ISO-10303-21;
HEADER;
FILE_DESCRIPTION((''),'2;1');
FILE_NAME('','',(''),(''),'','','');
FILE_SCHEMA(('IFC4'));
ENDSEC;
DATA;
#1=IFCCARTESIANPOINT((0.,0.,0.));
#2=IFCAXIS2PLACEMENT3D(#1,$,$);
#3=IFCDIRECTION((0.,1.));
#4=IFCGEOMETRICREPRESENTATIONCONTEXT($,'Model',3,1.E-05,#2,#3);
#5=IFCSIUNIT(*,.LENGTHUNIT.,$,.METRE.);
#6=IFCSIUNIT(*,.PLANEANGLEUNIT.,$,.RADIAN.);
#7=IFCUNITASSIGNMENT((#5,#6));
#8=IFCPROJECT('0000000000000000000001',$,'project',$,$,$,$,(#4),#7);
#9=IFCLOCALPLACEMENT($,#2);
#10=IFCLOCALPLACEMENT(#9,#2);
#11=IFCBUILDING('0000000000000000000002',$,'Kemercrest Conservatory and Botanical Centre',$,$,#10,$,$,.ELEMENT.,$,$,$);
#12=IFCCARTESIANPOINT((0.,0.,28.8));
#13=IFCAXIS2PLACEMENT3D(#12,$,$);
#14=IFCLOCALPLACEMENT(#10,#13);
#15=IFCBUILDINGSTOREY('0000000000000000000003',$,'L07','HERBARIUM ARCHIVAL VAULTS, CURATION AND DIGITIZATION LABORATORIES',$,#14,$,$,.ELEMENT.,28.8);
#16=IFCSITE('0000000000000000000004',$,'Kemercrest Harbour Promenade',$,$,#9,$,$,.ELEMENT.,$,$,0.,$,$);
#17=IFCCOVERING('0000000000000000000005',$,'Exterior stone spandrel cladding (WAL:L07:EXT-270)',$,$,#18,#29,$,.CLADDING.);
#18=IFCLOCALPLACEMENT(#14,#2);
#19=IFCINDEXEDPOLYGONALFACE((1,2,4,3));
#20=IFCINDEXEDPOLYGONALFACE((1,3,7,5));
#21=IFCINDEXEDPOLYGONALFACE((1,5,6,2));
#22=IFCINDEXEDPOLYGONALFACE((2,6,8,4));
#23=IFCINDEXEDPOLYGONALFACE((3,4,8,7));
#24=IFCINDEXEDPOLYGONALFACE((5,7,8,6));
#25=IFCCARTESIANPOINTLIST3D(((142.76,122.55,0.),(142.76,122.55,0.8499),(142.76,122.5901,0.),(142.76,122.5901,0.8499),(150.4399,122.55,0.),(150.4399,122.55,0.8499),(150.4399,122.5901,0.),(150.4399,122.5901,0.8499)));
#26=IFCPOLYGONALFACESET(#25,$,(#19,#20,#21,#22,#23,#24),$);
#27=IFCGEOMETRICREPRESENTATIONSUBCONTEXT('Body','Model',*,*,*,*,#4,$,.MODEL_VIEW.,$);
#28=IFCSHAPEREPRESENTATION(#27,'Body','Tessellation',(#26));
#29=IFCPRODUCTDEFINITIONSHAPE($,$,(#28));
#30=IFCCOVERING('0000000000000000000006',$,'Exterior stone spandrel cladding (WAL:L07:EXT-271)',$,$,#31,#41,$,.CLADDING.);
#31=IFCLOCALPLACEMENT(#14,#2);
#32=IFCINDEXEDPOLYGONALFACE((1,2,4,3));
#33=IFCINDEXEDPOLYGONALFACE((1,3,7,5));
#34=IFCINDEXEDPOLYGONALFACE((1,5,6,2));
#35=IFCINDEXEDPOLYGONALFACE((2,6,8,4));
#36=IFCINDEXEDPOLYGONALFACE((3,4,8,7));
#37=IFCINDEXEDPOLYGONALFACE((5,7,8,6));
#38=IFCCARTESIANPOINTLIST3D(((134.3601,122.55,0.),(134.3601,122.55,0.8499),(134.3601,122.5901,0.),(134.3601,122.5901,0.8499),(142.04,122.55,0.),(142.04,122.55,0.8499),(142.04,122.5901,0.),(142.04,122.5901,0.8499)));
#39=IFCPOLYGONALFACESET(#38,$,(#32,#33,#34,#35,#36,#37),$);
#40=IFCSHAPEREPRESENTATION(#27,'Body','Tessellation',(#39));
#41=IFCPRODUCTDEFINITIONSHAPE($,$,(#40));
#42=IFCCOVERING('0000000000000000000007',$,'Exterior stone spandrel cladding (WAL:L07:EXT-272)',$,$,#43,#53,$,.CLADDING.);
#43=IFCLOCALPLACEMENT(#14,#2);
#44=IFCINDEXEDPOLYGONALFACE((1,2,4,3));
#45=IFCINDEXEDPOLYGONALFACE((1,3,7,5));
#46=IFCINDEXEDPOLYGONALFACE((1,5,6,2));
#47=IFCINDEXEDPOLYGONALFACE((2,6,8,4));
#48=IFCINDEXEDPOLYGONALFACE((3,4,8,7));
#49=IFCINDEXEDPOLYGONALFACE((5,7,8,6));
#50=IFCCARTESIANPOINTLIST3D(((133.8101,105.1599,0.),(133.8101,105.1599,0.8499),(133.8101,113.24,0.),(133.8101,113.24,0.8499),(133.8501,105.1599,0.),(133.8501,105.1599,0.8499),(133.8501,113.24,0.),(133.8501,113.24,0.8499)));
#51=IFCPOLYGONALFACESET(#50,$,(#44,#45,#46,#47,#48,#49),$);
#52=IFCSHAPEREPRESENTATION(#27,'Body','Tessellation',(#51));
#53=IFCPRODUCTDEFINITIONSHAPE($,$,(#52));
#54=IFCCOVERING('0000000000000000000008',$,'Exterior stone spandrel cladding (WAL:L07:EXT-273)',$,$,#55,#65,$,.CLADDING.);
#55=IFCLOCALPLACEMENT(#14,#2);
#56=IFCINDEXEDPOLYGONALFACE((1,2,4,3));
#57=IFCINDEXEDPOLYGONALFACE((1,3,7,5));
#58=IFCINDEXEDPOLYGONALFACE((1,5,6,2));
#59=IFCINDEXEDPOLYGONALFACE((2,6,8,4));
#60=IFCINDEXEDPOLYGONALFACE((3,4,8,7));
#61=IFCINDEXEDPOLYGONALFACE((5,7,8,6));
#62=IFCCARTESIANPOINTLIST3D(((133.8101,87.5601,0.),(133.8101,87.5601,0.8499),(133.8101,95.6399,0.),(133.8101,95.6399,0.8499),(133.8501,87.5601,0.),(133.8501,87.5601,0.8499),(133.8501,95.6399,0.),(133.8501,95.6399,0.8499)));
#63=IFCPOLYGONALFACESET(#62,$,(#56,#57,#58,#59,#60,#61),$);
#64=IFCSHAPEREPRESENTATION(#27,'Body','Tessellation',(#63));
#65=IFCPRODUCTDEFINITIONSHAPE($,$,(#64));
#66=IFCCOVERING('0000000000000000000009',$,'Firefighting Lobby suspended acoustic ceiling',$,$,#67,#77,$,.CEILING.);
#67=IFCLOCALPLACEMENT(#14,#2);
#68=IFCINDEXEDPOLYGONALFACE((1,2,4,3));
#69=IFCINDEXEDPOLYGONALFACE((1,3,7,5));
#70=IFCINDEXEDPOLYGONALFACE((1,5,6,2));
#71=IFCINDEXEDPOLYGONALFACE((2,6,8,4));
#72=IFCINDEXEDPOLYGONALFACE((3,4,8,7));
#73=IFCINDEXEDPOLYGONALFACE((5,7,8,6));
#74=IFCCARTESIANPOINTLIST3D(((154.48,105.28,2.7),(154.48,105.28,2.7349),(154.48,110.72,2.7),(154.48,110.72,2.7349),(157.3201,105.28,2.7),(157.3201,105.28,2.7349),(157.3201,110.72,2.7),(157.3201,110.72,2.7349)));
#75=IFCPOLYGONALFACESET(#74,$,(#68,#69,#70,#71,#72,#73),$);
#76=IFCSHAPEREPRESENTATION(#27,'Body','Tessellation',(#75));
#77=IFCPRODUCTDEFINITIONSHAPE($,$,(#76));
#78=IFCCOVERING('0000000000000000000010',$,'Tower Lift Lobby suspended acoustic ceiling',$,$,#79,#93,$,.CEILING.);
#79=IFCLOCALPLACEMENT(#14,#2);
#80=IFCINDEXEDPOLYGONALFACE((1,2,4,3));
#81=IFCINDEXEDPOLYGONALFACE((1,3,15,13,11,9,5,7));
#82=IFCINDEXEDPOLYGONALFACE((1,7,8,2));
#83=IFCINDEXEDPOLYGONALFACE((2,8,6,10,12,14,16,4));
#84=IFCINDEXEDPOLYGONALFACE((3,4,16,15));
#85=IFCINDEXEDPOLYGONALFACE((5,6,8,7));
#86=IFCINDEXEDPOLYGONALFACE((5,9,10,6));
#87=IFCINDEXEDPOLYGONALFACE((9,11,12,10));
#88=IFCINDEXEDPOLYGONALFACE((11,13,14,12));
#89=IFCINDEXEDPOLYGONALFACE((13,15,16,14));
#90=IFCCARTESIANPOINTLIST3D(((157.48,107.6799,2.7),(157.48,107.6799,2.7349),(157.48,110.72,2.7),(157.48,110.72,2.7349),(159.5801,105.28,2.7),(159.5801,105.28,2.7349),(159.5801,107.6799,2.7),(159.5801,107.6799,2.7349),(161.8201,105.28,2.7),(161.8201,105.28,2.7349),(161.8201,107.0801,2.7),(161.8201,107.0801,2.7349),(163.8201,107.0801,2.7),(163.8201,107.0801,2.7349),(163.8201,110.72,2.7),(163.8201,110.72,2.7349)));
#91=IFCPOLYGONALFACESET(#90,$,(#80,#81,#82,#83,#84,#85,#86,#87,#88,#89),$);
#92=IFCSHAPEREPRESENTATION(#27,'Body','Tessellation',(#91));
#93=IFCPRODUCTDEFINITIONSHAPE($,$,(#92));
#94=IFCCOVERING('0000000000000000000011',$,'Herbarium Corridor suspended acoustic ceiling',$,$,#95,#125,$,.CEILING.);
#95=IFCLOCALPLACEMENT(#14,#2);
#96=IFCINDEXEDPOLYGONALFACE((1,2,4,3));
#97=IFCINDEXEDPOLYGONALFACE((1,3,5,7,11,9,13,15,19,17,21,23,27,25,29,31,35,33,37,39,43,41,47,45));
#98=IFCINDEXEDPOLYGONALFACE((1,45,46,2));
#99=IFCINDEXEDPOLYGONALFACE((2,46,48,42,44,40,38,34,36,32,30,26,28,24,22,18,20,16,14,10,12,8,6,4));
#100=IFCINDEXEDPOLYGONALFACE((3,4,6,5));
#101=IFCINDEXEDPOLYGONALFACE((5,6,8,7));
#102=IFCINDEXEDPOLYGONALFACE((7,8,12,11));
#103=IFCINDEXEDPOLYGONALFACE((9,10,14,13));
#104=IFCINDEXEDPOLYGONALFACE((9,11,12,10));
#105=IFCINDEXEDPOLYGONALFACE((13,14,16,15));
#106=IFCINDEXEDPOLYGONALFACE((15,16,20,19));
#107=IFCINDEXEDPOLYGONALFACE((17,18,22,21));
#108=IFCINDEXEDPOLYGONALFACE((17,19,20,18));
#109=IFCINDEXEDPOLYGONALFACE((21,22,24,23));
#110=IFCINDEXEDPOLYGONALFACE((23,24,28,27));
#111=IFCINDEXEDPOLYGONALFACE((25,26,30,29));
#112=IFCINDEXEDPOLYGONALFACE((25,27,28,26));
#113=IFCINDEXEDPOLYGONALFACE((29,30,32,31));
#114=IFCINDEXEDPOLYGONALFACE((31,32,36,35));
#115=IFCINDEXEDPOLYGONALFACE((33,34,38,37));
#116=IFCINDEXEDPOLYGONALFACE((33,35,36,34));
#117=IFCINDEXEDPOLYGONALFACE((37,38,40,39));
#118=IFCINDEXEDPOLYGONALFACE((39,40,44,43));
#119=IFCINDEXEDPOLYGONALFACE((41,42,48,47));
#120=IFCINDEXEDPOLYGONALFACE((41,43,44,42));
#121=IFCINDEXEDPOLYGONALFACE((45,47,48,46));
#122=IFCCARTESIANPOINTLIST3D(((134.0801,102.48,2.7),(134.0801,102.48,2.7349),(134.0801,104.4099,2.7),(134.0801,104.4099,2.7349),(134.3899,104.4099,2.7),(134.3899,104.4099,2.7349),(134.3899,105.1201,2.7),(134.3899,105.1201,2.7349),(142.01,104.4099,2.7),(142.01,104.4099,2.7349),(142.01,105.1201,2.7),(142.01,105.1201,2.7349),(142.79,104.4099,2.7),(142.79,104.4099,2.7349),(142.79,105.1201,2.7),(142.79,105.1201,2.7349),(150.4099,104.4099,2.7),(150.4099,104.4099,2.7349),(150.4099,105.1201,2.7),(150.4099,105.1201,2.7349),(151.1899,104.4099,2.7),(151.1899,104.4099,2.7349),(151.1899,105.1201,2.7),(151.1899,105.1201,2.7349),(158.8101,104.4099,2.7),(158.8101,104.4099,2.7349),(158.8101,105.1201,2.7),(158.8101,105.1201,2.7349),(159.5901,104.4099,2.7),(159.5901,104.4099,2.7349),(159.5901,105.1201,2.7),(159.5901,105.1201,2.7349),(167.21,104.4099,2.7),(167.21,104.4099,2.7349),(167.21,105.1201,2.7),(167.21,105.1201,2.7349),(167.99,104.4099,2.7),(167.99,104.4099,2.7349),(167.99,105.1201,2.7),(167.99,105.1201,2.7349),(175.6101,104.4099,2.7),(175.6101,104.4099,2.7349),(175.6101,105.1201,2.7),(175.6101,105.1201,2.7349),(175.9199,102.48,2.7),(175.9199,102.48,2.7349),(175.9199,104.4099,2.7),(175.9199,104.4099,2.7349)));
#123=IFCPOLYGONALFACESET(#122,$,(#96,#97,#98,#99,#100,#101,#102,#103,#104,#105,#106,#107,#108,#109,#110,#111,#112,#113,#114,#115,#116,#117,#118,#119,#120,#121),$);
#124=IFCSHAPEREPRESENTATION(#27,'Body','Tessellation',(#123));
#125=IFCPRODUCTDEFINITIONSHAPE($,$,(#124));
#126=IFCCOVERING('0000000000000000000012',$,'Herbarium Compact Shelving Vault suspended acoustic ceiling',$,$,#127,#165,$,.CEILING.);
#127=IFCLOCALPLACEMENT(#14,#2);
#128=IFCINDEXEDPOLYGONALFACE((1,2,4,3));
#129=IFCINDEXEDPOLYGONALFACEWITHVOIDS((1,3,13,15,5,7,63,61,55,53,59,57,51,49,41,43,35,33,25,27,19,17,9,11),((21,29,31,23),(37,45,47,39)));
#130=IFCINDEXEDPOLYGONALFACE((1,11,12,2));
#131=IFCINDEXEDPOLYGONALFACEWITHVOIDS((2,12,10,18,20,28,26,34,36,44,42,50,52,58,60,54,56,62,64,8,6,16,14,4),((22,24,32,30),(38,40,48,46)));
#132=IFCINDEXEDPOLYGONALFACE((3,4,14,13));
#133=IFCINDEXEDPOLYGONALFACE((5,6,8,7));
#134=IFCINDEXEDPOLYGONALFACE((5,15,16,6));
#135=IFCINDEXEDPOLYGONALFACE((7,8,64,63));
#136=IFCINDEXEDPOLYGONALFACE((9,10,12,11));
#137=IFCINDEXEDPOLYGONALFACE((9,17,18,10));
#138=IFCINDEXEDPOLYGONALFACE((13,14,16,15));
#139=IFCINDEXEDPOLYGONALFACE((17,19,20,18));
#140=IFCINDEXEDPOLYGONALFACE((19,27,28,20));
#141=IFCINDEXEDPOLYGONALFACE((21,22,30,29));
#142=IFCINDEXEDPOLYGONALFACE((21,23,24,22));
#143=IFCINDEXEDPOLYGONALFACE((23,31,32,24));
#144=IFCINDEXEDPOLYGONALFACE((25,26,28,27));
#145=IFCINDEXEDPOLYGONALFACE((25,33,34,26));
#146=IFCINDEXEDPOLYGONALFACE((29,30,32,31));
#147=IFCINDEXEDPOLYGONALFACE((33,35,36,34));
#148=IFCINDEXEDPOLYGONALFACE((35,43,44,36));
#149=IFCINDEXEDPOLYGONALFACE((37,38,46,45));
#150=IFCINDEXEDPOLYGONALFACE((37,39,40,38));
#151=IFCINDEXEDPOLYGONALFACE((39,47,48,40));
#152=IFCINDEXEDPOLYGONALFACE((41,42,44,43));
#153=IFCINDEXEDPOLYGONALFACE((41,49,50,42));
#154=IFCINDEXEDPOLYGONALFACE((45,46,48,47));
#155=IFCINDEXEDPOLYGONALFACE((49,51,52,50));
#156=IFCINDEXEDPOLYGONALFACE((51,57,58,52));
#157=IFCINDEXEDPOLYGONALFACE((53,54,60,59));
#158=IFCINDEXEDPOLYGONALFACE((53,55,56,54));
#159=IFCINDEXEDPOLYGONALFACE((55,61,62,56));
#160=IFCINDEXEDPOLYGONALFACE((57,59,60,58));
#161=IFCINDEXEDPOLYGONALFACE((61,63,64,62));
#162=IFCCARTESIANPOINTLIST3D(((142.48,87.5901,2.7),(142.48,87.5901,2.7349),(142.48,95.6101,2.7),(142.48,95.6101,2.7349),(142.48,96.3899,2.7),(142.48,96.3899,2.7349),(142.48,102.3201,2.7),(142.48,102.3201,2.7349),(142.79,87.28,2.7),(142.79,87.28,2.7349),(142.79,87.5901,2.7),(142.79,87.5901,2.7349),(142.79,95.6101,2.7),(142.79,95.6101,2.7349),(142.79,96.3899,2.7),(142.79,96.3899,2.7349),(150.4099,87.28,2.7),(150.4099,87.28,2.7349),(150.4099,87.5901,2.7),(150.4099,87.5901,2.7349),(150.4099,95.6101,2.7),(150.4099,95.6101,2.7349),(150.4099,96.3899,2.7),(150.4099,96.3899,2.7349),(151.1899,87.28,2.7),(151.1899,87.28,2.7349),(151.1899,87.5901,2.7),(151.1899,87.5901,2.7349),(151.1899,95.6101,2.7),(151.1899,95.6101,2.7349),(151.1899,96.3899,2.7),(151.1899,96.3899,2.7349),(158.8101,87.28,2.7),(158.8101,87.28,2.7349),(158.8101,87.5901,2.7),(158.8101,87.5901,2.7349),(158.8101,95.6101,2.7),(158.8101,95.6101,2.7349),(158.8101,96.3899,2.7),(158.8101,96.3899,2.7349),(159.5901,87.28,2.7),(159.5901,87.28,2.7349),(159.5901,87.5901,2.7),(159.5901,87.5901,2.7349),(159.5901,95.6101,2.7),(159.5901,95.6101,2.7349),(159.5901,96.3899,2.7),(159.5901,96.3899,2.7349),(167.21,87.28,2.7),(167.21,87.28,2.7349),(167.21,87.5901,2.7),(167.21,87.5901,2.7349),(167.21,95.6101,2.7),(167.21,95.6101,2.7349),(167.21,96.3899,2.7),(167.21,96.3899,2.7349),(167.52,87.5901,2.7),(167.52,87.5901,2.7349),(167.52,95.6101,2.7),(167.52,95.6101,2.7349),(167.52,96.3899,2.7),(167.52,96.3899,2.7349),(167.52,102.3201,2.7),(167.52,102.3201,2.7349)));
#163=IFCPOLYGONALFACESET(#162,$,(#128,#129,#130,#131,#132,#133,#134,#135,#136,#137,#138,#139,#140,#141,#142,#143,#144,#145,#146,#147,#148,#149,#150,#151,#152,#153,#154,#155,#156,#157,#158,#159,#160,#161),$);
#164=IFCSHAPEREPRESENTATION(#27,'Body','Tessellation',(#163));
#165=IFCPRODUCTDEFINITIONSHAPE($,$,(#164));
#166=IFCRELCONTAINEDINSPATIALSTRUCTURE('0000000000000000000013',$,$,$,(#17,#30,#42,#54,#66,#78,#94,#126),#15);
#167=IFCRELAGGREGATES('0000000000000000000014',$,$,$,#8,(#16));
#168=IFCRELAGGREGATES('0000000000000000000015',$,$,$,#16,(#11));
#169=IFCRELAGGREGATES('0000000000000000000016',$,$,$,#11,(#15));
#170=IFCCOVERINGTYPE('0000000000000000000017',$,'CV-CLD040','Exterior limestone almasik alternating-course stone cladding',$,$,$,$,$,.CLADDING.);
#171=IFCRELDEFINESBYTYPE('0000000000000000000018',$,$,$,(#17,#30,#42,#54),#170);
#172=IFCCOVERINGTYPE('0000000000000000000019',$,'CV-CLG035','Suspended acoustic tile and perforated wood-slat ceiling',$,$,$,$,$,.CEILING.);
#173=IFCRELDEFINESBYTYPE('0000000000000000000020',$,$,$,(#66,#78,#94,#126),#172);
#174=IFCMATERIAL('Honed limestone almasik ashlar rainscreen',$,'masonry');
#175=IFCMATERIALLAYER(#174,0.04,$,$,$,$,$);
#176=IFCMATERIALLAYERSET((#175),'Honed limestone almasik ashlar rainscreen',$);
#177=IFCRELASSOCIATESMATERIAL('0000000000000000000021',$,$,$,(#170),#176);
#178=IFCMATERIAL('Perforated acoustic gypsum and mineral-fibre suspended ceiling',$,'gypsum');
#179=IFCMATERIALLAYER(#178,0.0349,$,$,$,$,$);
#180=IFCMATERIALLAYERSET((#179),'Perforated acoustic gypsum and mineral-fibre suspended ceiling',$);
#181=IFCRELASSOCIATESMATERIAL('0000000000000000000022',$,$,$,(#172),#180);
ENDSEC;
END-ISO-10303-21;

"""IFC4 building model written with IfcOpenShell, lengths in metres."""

from ifc_helpers import new_model, si_unit, direction, frame, origin, place, context, subcontext, project, spatial, polyline, outline, extrude, material, layer, layer_set, type_object, element, save


model = new_model("IFC4")

# Units and contexts
model_context = context("Model", 3, precision=1e-05, world=origin(), true_north=direction((0.0, 1.0)))
body_context = subcontext(model_context, "Body", "Model", "MODEL_VIEW")
ifc_project = project(units=[si_unit("LENGTHUNIT", "METRE"), si_unit("PLANEANGLEUNIT", "RADIAN")], contexts=[model_context])

# Site, building, storey
site_placement = place(None, origin())
site = spatial("IfcSite", under=ifc_project, at=site_placement, Name="Kemercrest Harbour Promenade", CompositionType="ELEMENT", RefElevation=0.0)
building_placement = place(site_placement, origin())
building = spatial("IfcBuilding", under=site, at=building_placement, Name="Kemercrest Conservatory and Botanical Centre", CompositionType="ELEMENT")
storey_placement = place(building_placement, frame((0.0, 0.0, 28.8)))
storey = spatial("IfcBuildingStorey", under=building, at=storey_placement, Name="L07", Description="HERBARIUM ARCHIVAL VAULTS, CURATION AND DIGITIZATION LABORATORIES", CompositionType="ELEMENT", Elevation=28.8)

# Coverings
ifc_material_1 = material(Name="Honed limestone almasik ashlar rainscreen", Category="masonry")
ifc_layer_1 = layer(ifc_material_1, 0.04)
ifc_layer_set_1 = layer_set([ifc_layer_1], Name="Honed limestone almasik ashlar rainscreen")
covering_type_1 = type_object("IfcCoveringType", Name="CV-CLD040", Description="Exterior limestone almasik alternating-course stone cladding", PredefinedType="CLADDING", material=ifc_layer_set_1)
covering_1_placement = place(storey_placement, origin())
element("IfcCovering", 1, at=covering_1_placement, inside=storey, type_object=covering_type_1, Name="Exterior stone spandrel cladding (WAL:L07:EXT-270)", PredefinedType="CLADDING", context=body_context, shape_type="SweptSolid", body=[
    extrude(outline(polyline([(150.4399, 122.55), (150.4399, 122.5901), (142.76, 122.5901), (142.76, 122.55), (150.4399, 122.55)])), origin(), (0.0, 0.0, 1.0), 0.8499),
])
covering_2_placement = place(storey_placement, origin())
element("IfcCovering", 2, at=covering_2_placement, inside=storey, type_object=covering_type_1, Name="Exterior stone spandrel cladding (WAL:L07:EXT-271)", PredefinedType="CLADDING", context=body_context, shape_type="SweptSolid", body=[
    extrude(outline(polyline([(142.04, 122.55), (142.04, 122.5901), (134.3601, 122.5901), (134.3601, 122.55), (142.04, 122.55)])), origin(), (0.0, 0.0, 1.0), 0.8499),
])
covering_3_placement = place(storey_placement, origin())
element("IfcCovering", 3, at=covering_3_placement, inside=storey, type_object=covering_type_1, Name="Exterior stone spandrel cladding (WAL:L07:EXT-272)", PredefinedType="CLADDING", context=body_context, shape_type="SweptSolid", body=[
    extrude(outline(polyline([(133.8501, 113.24), (133.8101, 113.24), (133.8101, 105.1599), (133.8501, 105.1599), (133.8501, 113.24)])), origin(), (0.0, 0.0, 1.0), 0.8499),
])
covering_4_placement = place(storey_placement, origin())
element("IfcCovering", 4, at=covering_4_placement, inside=storey, type_object=covering_type_1, Name="Exterior stone spandrel cladding (WAL:L07:EXT-273)", PredefinedType="CLADDING", context=body_context, shape_type="SweptSolid", body=[
    extrude(outline(polyline([(133.8501, 95.6399), (133.8101, 95.6399), (133.8101, 87.5601), (133.8501, 87.5601), (133.8501, 95.6399)])), origin(), (0.0, 0.0, 1.0), 0.8499),
])
ifc_material_2 = material(Name="Perforated acoustic gypsum and mineral-fibre suspended ceiling", Category="gypsum")
ifc_layer_2 = layer(ifc_material_2, 0.0349)
ifc_layer_set_2 = layer_set([ifc_layer_2], Name="Perforated acoustic gypsum and mineral-fibre suspended ceiling")
covering_type_2 = type_object("IfcCoveringType", Name="CV-CLG035", Description="Suspended acoustic tile and perforated wood-slat ceiling", PredefinedType="CEILING", material=ifc_layer_set_2)
covering_5_placement = place(storey_placement, frame((0.0, 0.0, 2.7)))
element("IfcCovering", 5, at=covering_5_placement, inside=storey, type_object=covering_type_2, Name="Firefighting Lobby suspended acoustic ceiling", PredefinedType="CEILING", context=body_context, shape_type="SweptSolid", body=[
    extrude(outline(polyline([(154.48, 105.28), (157.3201, 105.28), (157.3201, 110.72), (154.48, 110.72), (154.48, 105.28)])), origin(), (0.0, 0.0, 1.0), 0.0349),
])
covering_6_placement = place(storey_placement, frame((0.0, 0.0, 2.7)))
element("IfcCovering", 6, at=covering_6_placement, inside=storey, type_object=covering_type_2, Name="Tower Lift Lobby suspended acoustic ceiling", PredefinedType="CEILING", context=body_context, shape_type="SweptSolid", body=[
    extrude(outline(polyline([(159.5801, 107.6799), (159.5801, 105.28), (161.8201, 105.28), (161.8201, 107.0801), (163.8201, 107.0801), (163.8201, 110.72), (157.48, 110.72), (157.48, 107.6799), (159.5801, 107.6799)])), origin(), (0.0, 0.0, 1.0), 0.0349),
])
covering_7_placement = place(storey_placement, frame((0.0, 0.0, 2.7)))
element("IfcCovering", 7, at=covering_7_placement, inside=storey, type_object=covering_type_2, Name="Herbarium Corridor suspended acoustic ceiling", PredefinedType="CEILING", context=body_context, shape_type="SweptSolid", body=[
    extrude(outline(polyline([(134.0801, 102.48), (175.9199, 102.48), (175.9199, 104.4099), (175.6101, 104.4099), (175.6101, 105.1201), (167.99, 105.1201), (167.99, 104.4099), (167.21, 104.4099), (167.21, 105.1201), (159.5901, 105.1201), (159.5901, 104.4099), (158.8101, 104.4099), (158.8101, 105.1201), (151.1899, 105.1201), (151.1899, 104.4099), (150.4099, 104.4099), (150.4099, 105.1201), (142.79, 105.1201), (142.79, 104.4099), (142.01, 104.4099), (142.01, 105.1201), (134.3899, 105.1201), (134.3899, 104.4099), (134.0801, 104.4099), (134.0801, 102.48)])), origin(), (0.0, 0.0, 1.0), 0.0349),
])
covering_8_placement = place(storey_placement, frame((0.0, 0.0, 2.7)))
element("IfcCovering", 8, at=covering_8_placement, inside=storey, type_object=covering_type_2, Name="Herbarium Compact Shelving Vault suspended acoustic ceiling", PredefinedType="CEILING", context=body_context, shape_type="SweptSolid", body=[
    extrude(outline(polyline([(158.8101, 87.5901), (159.5901, 87.5901), (159.5901, 87.28), (167.21, 87.28), (167.21, 87.5901), (167.52, 87.5901), (167.52, 95.6101), (167.21, 95.6101), (167.21, 96.3899), (167.52, 96.3899), (167.52, 102.3201), (142.48, 102.3201), (142.48, 96.3899), (142.79, 96.3899), (142.79, 95.6101), (142.48, 95.6101), (142.48, 87.5901), (142.79, 87.5901), (142.79, 87.28), (150.4099, 87.28), (150.4099, 87.5901), (151.1899, 87.5901), (151.1899, 87.28), (158.8101, 87.28), (158.8101, 87.5901)]), holes=[polyline([(158.8101, 96.3899), (159.5901, 96.3899), (159.5901, 95.6101), (158.8101, 95.6101), (158.8101, 96.3899)]), polyline([(150.4099, 96.3899), (151.1899, 96.3899), (151.1899, 95.6101), (150.4099, 95.6101), (150.4099, 96.3899)])]), origin(), (0.0, 0.0, 1.0), 0.0349),
])

save(model, "model.ifc")
